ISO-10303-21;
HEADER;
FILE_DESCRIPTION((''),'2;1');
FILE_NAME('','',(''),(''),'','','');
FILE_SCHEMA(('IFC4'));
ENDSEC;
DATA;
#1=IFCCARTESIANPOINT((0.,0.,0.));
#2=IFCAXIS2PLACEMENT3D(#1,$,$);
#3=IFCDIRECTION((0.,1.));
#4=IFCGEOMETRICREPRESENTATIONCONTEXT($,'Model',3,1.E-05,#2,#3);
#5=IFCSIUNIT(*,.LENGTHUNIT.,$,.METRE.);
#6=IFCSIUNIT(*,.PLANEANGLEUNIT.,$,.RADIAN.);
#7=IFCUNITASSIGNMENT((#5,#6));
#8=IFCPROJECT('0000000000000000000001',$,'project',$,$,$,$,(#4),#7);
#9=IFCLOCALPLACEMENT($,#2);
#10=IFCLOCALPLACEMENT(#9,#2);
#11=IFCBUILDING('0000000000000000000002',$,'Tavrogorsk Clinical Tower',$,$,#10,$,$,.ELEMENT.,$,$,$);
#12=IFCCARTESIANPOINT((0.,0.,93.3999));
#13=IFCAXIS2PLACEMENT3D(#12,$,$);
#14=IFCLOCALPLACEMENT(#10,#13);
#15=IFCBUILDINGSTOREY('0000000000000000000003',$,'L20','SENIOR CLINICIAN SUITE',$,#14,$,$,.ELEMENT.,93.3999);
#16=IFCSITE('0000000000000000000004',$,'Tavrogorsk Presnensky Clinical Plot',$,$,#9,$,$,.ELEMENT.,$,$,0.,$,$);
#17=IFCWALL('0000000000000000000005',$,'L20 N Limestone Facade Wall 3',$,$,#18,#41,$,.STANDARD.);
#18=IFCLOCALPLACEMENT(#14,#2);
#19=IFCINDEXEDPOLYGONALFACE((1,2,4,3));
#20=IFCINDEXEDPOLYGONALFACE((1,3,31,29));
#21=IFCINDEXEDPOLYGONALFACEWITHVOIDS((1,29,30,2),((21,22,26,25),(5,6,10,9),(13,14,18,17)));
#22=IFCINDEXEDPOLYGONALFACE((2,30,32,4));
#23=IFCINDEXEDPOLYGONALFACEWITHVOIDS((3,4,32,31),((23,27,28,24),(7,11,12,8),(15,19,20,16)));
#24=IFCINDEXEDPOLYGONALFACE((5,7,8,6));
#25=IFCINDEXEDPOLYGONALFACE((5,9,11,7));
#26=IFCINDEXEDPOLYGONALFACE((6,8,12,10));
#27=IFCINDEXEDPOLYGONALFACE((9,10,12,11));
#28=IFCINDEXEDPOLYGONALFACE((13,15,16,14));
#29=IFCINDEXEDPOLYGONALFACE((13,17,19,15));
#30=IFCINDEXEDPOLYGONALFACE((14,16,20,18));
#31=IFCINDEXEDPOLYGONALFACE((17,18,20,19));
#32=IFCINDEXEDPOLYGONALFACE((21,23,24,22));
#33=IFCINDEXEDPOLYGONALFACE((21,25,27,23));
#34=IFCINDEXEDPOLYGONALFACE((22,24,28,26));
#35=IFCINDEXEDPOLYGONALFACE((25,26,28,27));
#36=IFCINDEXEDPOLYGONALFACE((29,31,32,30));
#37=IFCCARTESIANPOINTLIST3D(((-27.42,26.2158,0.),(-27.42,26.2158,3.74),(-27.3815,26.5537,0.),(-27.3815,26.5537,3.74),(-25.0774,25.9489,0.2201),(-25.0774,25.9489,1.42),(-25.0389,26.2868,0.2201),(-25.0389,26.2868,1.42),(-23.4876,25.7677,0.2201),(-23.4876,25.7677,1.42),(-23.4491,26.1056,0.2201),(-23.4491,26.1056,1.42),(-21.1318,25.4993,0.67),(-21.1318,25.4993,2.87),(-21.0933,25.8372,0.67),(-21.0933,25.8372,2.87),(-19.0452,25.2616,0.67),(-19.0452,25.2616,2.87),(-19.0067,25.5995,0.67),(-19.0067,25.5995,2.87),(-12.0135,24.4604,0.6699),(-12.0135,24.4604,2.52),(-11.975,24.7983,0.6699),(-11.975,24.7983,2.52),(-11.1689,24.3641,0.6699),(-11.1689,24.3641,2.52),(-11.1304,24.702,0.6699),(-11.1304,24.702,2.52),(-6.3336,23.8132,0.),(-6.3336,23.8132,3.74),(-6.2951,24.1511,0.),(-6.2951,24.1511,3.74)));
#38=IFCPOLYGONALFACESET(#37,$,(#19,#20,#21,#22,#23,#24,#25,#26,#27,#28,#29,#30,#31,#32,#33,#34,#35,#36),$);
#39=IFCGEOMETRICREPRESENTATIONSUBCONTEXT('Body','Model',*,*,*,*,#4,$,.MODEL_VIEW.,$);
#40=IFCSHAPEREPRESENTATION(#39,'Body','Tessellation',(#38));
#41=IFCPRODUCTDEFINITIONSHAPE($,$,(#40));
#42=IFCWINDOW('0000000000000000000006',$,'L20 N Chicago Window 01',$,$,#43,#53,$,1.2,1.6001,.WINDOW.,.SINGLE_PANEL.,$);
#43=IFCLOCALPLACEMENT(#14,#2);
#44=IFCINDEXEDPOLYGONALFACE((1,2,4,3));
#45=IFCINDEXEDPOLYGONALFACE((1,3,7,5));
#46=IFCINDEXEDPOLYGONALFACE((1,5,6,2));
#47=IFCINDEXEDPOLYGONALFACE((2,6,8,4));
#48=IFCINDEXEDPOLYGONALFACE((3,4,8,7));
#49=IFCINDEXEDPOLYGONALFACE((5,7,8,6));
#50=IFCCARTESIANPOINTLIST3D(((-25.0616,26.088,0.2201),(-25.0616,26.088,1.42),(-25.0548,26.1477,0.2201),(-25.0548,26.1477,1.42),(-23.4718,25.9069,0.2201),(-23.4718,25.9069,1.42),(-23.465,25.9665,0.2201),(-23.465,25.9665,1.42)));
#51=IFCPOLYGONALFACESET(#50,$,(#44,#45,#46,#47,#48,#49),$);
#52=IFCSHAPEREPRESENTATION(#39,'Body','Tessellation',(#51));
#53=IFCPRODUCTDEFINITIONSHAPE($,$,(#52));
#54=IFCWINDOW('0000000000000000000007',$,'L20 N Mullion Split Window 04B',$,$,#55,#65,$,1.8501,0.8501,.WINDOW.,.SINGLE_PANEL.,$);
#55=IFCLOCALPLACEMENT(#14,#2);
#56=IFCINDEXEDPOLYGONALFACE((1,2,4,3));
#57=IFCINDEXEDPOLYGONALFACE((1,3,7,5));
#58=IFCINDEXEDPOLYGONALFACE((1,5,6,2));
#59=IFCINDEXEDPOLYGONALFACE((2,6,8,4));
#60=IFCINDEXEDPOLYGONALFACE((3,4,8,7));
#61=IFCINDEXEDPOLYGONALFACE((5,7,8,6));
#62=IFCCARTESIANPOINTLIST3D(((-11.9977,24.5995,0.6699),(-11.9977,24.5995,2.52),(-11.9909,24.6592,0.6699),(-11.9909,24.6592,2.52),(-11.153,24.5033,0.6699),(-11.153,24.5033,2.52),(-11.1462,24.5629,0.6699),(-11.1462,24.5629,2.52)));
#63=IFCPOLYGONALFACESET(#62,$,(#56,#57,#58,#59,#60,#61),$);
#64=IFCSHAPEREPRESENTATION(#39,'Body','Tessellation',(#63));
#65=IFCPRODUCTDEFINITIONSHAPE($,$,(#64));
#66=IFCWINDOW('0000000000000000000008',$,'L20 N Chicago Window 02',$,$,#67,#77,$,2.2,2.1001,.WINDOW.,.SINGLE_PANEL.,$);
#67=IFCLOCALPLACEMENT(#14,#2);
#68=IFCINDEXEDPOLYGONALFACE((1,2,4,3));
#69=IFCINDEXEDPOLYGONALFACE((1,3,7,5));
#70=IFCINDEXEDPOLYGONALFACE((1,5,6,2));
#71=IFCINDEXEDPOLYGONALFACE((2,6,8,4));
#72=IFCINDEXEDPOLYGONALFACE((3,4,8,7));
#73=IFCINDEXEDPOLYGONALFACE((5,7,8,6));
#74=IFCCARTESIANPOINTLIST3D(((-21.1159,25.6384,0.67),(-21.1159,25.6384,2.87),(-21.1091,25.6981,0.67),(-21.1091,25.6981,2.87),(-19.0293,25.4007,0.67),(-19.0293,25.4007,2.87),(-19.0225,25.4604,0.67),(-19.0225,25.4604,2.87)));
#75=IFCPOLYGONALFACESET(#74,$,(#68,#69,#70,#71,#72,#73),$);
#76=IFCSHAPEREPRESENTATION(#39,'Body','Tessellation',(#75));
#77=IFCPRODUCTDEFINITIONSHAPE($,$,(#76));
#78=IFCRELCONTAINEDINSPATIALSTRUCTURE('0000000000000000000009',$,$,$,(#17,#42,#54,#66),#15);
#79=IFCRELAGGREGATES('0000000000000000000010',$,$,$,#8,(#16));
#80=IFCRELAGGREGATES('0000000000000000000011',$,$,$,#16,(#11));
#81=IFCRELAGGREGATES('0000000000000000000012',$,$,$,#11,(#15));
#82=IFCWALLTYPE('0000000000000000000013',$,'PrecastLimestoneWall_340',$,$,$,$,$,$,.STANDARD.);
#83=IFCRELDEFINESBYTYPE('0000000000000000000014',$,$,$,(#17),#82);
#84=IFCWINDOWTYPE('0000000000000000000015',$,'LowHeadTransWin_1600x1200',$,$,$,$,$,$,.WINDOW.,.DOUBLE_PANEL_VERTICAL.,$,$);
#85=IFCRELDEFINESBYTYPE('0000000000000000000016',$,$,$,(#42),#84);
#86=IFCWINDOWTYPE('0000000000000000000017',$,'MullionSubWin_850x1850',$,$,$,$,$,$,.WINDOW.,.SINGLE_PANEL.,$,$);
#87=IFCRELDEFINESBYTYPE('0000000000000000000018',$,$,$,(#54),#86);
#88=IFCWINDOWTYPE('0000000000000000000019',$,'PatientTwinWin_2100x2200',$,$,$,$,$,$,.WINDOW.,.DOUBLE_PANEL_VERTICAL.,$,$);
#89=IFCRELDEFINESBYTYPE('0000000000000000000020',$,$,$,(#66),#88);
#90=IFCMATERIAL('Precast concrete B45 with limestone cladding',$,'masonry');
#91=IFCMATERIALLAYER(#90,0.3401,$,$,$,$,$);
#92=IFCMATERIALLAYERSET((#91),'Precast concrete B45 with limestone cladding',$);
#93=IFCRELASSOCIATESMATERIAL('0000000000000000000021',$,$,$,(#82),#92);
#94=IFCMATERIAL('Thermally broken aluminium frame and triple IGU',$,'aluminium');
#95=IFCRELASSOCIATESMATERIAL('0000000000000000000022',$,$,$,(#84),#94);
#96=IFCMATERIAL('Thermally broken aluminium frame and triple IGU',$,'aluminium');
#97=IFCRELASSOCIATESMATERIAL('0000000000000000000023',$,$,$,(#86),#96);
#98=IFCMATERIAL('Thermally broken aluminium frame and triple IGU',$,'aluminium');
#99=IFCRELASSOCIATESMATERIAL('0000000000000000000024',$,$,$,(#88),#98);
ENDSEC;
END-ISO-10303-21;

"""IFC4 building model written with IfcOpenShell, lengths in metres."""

from ifc_helpers import new_model, si_unit, direction, frame, frame_2d, origin, place, context, subcontext, project, spatial, rectangle, extrude, material, layer, layer_set, type_object, element, fill, save


model = new_model("IFC4")

# Units and contexts
model_context = context("Model", 3, precision=1e-05, world=origin(), true_north=direction((0.0, 1.0)))
body_context = subcontext(model_context, "Body", "Model", "MODEL_VIEW")
ifc_project = project(units=[si_unit("LENGTHUNIT", "METRE"), si_unit("PLANEANGLEUNIT", "RADIAN")], contexts=[model_context])

# Site, building, storey
site_placement = place(None, origin())
site = spatial("IfcSite", under=ifc_project, at=site_placement, Name="Tavrogorsk Presnensky Clinical Plot", CompositionType="ELEMENT", RefElevation=0.0)
building_placement = place(site_placement, origin())
building = spatial("IfcBuilding", under=site, at=building_placement, Name="Tavrogorsk Clinical Tower", CompositionType="ELEMENT")
storey_placement = place(building_placement, frame((0.0, 0.0, 93.3999)))
storey = spatial("IfcBuildingStorey", under=building, at=storey_placement, Name="L20", Description="SENIOR CLINICIAN SUITE", CompositionType="ELEMENT", Elevation=93.3999)

# Wall, openings, windows
ifc_material_1 = material(Name="Precast concrete B45 with limestone cladding", Category="masonry")
ifc_layer_1 = layer(ifc_material_1, 0.3401)
ifc_layer_set_1 = layer_set([ifc_layer_1], Name="Precast concrete B45 with limestone cladding")
wall_type_1 = type_object("IfcWallType", Name="PrecastLimestoneWall_340", PredefinedType="STANDARD", material=ifc_layer_set_1)
wall_1_placement = place(storey_placement, frame((-6.3145, 23.9822, 0.0), z_axis=(0.0, 0.0, 1.0), x_axis=(-0.993571, 0.113208, 0.0)))
wall_1 = element("IfcWall", 1, at=wall_1_placement, inside=storey, type_object=wall_type_1, Name="L20 N Limestone Facade Wall 3", PredefinedType="STANDARD", context=body_context, shape_type="SweptSolid", body=[
    extrude(rectangle(XDim=21.2229, YDim=0.3401, at=frame_2d((10.6113, 0.0))), origin(), (0.0, 0.0, 1.0), 3.74),
])
opening_1_placement = place(wall_1_placement, frame((17.2649, 0.0, 0.22)))
opening_1 = element("IfcOpeningElement", 2, at=opening_1_placement, cuts=wall_1, PredefinedType="OPENING", context=body_context, shape_type="SweptSolid", body=[
    extrude(rectangle(XDim=1.6001, YDim=1.2, at=frame_2d((0.8, 0.6001))), frame((0.0, 0.1799, 0.0), z_axis=(0.0, -1.0, 0.0), x_axis=(1.0, 0.0, 0.0)), (0.0, 0.0, 1.0), 0.3601),
])
opening_2_placement = place(wall_1_placement, frame((12.7937, 0.0, 0.6699)))
opening_2 = element("IfcOpeningElement", 3, at=opening_2_placement, cuts=wall_1, PredefinedType="OPENING", context=body_context, shape_type="SweptSolid", body=[
    extrude(rectangle(XDim=2.1001, YDim=2.2, at=frame_2d((1.05, 1.1001))), frame((0.0, 0.1799, 0.0), z_axis=(0.0, -1.0, 0.0), x_axis=(1.0, 0.0, 0.0)), (0.0, 0.0, 1.0), 0.3601),
])
opening_3_placement = place(wall_1_placement, frame((4.8665, 0.0, 0.6699)))
opening_3 = element("IfcOpeningElement", 4, at=opening_3_placement, cuts=wall_1, PredefinedType="OPENING", context=body_context, shape_type="SweptSolid", body=[
    extrude(rectangle(XDim=0.8501, YDim=1.8501, at=frame_2d((0.425, 0.925))), frame((0.0, 0.1799, 0.0), z_axis=(0.0, -1.0, 0.0), x_axis=(1.0, 0.0, 0.0)), (0.0, 0.0, 1.0), 0.3601),
])
ifc_material_2 = material(Name="Thermally broken aluminium frame and triple IGU", Category="aluminium")
window_type_1 = type_object("IfcWindowType", Name="LowHeadTransWin_1600x1200", PartitioningType="DOUBLE_PANEL_VERTICAL", PredefinedType="WINDOW", material=ifc_material_2)
window_1_placement = place(opening_1_placement, origin())
window_1 = element("IfcWindow", 5, at=window_1_placement, inside=storey, type_object=window_type_1, Name="L20 N Chicago Window 01", OverallHeight=1.2, OverallWidth=1.6001, PartitioningType="SINGLE_PANEL", PredefinedType="WINDOW", context=body_context, shape_type="SweptSolid", body=[
    extrude(rectangle(XDim=1.6001, YDim=1.2, at=frame_2d((0.8, 0.6001))), frame((0.0, 0.03, 0.0), z_axis=(0.0, -1.0, 0.0), x_axis=(1.0, 0.0, 0.0)), (0.0, 0.0, 1.0), 0.0601),
])
fill(opening_1, window_1)
ifc_material_3 = material(Name="Thermally broken aluminium frame and triple IGU", Category="aluminium")
window_type_2 = type_object("IfcWindowType", Name="MullionSubWin_850x1850", PartitioningType="SINGLE_PANEL", PredefinedType="WINDOW", material=ifc_material_3)
window_2_placement = place(opening_3_placement, origin())
window_2 = element("IfcWindow", 6, at=window_2_placement, inside=storey, type_object=window_type_2, Name="L20 N Mullion Split Window 04B", OverallHeight=1.8501, OverallWidth=0.8501, PartitioningType="SINGLE_PANEL", PredefinedType="WINDOW", context=body_context, shape_type="SweptSolid", body=[
    extrude(rectangle(XDim=0.8501, YDim=1.8501, at=frame_2d((0.425, 0.925))), frame((0.0, 0.03, 0.0), z_axis=(0.0, -1.0, 0.0), x_axis=(1.0, 0.0, 0.0)), (0.0, 0.0, 1.0), 0.0601),
])
fill(opening_3, window_2)
ifc_material_4 = material(Name="Thermally broken aluminium frame and triple IGU", Category="aluminium")
window_type_3 = type_object("IfcWindowType", Name="PatientTwinWin_2100x2200", PartitioningType="DOUBLE_PANEL_VERTICAL", PredefinedType="WINDOW", material=ifc_material_4)
window_3_placement = place(opening_2_placement, origin())
window_3 = element("IfcWindow", 7, at=window_3_placement, inside=storey, type_object=window_type_3, Name="L20 N Chicago Window 02", OverallHeight=2.2, OverallWidth=2.1001, PartitioningType="SINGLE_PANEL", PredefinedType="WINDOW", context=body_context, shape_type="SweptSolid", body=[
    extrude(rectangle(XDim=2.1001, YDim=2.2, at=frame_2d((1.05, 1.1001))), frame((0.0, 0.03, 0.0), z_axis=(0.0, -1.0, 0.0), x_axis=(1.0, 0.0, 0.0)), (0.0, 0.0, 1.0), 0.0601),
])
fill(opening_2, window_3)

save(model, "model.ifc")
